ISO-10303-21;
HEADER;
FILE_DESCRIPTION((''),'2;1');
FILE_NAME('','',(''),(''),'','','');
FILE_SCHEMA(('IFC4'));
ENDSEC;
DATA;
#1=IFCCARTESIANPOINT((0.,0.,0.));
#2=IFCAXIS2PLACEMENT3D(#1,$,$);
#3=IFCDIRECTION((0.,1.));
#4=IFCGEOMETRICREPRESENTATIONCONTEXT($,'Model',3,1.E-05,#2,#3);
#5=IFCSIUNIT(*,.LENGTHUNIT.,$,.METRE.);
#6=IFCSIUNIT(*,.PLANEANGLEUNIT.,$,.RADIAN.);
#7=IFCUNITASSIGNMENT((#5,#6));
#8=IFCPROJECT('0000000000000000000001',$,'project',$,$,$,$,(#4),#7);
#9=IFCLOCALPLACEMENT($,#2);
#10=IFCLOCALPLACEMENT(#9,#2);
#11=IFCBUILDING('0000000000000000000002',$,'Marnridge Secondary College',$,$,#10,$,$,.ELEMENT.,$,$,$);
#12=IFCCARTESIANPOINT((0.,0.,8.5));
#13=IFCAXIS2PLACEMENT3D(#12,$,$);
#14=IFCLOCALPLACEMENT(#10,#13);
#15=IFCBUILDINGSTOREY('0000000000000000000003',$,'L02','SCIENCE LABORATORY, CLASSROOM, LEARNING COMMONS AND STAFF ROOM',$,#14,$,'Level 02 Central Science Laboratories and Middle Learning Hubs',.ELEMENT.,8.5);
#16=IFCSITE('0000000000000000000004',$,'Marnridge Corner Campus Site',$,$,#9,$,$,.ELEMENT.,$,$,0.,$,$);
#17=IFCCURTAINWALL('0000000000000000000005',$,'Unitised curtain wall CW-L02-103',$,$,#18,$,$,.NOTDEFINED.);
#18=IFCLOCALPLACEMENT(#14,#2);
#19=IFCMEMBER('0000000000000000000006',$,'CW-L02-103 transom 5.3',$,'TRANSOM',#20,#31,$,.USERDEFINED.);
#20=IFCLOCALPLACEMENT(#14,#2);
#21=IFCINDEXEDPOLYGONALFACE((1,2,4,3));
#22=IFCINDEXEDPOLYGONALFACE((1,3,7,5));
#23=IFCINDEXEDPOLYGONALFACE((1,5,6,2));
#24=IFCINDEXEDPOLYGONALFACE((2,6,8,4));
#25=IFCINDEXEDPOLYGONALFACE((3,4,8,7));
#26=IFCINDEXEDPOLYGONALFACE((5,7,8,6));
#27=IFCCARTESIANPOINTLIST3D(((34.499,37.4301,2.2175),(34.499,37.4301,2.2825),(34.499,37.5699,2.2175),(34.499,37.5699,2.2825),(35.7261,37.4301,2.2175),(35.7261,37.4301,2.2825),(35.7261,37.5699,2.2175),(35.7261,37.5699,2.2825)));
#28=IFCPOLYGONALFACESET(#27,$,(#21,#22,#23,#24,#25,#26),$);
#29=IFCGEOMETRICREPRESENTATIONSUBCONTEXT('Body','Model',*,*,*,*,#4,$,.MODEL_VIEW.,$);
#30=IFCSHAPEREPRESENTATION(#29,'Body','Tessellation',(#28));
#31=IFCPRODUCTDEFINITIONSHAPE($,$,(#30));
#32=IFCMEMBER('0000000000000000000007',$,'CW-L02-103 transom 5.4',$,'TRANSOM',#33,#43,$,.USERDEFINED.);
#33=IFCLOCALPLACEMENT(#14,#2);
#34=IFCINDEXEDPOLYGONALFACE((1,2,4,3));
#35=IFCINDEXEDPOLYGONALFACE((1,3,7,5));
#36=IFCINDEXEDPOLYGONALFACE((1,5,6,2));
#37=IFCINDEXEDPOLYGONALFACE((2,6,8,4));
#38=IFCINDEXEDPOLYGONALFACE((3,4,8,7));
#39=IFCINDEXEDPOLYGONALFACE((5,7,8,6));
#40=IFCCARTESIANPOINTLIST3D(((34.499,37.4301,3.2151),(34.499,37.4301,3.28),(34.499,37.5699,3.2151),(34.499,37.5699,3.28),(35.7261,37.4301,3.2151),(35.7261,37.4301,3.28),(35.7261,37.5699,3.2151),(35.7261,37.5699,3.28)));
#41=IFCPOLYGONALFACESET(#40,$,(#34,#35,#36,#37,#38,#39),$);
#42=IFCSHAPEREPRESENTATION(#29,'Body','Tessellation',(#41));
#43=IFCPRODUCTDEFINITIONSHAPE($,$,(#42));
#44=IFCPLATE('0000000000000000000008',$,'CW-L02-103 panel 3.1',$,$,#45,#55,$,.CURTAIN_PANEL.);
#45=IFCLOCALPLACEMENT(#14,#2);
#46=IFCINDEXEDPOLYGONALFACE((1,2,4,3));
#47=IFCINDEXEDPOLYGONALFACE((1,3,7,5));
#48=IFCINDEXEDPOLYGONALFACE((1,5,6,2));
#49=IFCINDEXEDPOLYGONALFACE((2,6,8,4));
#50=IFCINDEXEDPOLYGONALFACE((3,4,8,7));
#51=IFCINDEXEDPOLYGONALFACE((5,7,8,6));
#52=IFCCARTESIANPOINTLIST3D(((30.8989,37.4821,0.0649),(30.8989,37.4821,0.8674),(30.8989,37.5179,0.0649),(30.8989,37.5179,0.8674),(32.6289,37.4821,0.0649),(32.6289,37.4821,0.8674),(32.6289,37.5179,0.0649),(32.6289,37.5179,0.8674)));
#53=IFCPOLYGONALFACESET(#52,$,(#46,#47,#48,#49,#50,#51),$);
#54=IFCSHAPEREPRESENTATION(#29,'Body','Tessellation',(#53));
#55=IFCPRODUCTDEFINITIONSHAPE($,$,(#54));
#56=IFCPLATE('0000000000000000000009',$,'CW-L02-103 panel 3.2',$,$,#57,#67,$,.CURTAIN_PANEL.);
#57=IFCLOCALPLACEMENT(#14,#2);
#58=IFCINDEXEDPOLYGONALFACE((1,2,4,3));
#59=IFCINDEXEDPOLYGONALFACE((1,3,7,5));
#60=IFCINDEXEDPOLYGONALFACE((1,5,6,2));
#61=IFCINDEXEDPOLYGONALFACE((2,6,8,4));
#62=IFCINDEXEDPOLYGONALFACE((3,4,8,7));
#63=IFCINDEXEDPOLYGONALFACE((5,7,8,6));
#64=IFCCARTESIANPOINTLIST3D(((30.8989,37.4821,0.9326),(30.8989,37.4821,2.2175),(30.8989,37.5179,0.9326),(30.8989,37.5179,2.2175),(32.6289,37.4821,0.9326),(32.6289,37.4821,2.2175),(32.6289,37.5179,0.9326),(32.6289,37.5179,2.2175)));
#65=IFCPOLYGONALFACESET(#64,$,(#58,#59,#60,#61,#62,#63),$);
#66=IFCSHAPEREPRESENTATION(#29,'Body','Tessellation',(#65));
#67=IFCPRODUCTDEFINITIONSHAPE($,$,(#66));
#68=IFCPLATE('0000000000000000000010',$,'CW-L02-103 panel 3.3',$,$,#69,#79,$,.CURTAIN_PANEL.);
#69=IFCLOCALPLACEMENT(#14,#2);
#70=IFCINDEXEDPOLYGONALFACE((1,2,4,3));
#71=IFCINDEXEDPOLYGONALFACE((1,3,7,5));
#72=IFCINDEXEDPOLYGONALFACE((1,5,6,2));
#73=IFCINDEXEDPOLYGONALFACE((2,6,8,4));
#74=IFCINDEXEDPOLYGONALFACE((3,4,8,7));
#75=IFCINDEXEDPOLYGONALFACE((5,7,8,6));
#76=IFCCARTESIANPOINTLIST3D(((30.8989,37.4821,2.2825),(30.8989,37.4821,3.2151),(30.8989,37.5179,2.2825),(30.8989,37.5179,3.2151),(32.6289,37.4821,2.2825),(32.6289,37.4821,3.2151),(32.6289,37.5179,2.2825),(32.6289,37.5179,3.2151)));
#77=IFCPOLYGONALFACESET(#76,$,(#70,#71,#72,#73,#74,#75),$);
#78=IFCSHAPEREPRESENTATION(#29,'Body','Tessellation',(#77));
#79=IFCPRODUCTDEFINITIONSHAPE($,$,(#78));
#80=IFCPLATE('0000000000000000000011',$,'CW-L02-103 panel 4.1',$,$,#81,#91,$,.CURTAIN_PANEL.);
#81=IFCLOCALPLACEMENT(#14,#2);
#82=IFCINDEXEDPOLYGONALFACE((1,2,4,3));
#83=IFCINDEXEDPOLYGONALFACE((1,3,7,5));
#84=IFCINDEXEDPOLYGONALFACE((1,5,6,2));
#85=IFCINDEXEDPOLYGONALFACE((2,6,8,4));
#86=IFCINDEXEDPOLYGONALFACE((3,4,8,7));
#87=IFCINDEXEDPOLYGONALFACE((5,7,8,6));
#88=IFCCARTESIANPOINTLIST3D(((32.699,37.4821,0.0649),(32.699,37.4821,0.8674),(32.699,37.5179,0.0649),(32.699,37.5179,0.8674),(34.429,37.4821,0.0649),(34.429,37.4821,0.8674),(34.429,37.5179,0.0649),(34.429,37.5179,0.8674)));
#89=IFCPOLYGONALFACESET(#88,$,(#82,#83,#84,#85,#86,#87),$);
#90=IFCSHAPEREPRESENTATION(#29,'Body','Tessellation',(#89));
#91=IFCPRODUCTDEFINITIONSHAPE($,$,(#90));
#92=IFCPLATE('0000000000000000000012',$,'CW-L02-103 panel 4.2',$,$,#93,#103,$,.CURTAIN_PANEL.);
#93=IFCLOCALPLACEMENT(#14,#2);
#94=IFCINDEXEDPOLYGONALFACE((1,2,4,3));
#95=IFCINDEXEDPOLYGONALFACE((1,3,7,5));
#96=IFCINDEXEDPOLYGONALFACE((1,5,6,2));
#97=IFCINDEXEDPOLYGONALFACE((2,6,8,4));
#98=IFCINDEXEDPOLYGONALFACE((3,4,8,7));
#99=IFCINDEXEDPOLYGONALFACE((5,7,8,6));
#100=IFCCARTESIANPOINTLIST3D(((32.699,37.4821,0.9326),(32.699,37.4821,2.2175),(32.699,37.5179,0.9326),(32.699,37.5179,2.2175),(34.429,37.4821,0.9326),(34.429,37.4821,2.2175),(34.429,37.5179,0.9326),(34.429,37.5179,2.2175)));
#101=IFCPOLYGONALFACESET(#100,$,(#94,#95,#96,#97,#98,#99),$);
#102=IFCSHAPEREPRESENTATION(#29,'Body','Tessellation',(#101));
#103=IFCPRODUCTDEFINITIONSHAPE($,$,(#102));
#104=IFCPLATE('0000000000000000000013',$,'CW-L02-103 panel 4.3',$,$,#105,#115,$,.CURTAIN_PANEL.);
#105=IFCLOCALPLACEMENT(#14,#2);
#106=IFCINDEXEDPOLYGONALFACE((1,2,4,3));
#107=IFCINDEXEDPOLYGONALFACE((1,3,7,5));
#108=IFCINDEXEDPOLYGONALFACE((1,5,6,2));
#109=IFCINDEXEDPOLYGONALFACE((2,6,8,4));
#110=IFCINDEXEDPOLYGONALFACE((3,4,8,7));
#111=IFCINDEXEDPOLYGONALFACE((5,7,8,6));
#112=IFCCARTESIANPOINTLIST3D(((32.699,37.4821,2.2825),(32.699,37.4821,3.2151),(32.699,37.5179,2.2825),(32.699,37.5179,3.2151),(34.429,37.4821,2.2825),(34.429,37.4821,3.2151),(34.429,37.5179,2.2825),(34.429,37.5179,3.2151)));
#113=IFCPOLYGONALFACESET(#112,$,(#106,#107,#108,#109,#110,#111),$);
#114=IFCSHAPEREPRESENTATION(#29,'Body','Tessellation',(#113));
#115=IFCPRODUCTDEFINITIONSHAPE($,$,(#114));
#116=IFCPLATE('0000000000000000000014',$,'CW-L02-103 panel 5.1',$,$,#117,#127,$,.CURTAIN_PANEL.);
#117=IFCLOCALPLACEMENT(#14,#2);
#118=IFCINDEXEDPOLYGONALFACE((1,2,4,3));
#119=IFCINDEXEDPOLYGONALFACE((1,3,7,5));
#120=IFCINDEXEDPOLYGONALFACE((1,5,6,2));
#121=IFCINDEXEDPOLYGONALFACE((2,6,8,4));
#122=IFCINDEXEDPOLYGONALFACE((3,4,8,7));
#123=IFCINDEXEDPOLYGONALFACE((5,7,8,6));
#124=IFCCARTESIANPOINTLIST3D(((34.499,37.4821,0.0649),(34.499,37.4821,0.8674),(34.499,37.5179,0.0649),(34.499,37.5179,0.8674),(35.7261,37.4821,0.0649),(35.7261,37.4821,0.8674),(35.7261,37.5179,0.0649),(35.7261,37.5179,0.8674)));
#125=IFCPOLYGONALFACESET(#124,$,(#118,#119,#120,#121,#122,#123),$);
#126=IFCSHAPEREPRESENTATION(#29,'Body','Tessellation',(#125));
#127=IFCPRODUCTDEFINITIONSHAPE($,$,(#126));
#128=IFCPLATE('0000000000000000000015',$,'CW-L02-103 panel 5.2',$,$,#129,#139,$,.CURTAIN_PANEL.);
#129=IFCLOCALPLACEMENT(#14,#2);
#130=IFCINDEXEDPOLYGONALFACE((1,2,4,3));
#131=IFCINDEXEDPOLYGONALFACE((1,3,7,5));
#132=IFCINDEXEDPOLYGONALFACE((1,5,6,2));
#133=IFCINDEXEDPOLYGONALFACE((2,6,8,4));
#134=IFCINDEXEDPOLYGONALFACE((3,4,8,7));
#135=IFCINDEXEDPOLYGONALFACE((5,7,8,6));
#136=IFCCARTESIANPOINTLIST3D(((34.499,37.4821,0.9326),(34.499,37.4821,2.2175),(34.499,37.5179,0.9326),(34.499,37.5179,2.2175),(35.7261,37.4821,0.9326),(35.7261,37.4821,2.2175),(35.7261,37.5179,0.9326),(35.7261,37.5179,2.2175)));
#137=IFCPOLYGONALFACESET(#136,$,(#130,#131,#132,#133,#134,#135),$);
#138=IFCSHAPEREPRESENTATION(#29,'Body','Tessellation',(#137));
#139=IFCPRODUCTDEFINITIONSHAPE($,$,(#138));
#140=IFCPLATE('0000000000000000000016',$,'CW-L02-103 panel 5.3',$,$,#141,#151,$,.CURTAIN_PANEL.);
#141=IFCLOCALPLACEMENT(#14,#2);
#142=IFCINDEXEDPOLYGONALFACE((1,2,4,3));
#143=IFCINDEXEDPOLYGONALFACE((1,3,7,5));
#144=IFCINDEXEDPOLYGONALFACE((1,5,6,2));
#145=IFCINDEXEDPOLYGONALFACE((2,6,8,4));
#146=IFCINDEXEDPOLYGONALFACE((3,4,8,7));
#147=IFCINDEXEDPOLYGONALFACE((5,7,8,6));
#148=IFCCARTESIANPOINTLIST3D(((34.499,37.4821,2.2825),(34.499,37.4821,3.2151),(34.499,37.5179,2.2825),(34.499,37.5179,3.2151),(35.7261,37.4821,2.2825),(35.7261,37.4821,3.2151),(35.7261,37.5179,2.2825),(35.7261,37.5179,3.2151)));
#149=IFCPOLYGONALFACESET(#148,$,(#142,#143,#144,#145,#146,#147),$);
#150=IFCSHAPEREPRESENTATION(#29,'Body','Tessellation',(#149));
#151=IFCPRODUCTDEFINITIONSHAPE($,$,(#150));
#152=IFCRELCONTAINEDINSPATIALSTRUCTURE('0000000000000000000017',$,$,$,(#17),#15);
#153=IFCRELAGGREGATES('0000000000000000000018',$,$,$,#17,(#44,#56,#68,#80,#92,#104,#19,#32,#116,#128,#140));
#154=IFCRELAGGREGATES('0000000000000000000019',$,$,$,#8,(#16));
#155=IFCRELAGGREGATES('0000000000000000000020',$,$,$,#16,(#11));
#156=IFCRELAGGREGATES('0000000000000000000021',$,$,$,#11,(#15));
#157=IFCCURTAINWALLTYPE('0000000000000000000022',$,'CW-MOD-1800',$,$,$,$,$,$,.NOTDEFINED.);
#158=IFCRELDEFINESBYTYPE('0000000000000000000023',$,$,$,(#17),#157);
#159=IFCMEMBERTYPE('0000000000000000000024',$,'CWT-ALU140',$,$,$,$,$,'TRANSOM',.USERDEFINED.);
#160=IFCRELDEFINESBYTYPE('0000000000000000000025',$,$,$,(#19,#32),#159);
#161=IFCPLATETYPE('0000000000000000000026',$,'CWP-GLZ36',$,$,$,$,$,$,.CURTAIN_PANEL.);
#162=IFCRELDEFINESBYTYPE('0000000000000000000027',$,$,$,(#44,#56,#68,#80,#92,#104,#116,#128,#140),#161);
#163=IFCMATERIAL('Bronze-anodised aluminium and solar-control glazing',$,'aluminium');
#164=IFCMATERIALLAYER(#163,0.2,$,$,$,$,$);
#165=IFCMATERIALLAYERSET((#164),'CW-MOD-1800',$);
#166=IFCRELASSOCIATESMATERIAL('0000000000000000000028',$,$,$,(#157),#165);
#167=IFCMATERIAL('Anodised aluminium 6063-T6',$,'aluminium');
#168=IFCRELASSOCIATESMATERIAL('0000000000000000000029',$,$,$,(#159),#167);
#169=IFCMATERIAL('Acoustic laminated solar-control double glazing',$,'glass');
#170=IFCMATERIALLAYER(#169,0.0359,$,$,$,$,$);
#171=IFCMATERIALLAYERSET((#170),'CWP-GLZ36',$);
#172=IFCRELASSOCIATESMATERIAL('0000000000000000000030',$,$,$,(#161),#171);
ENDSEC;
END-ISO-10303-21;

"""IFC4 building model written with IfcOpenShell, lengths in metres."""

from ifc_helpers import new_model, si_unit, direction, frame, origin, origin_2d, place, context, subcontext, project, spatial, rectangle, extrude, material, layer, layer_set, material_profile, profile_set, type_object, element, aggregate, save


model = new_model("IFC4")

# Units and contexts
model_context = context("Model", 3, precision=1e-05, world=origin(), true_north=direction((0.0, 1.0)))
body_context = subcontext(model_context, "Body", "Model", "MODEL_VIEW")
ifc_project = project(units=[si_unit("LENGTHUNIT", "METRE"), si_unit("PLANEANGLEUNIT", "RADIAN")], contexts=[model_context])

# Site, building, storey
site_placement = place(None, origin())
site = spatial("IfcSite", under=ifc_project, at=site_placement, Name="Marnridge Corner Campus Site", CompositionType="ELEMENT", RefElevation=0.0)
building_placement = place(site_placement, origin())
building = spatial("IfcBuilding", under=site, at=building_placement, Name="Marnridge Secondary College", CompositionType="ELEMENT")
storey_placement = place(building_placement, frame((0.0, 0.0, 8.5)))
storey = spatial("IfcBuildingStorey", under=building, at=storey_placement, Name="L02", Description="SCIENCE LABORATORY, CLASSROOM, LEARNING COMMONS AND STAFF ROOM", LongName="Level 02 Central Science Laboratories and Middle Learning Hubs", CompositionType="ELEMENT", Elevation=8.5)

# Curtain wall, members, plates
ifc_material_1 = material(Name="Bronze-anodised aluminium and solar-control glazing", Category="aluminium")
ifc_layer_1 = layer(ifc_material_1, 0.2)
ifc_layer_set_1 = layer_set([ifc_layer_1], Name="CW-MOD-1800")
curtain_wall_type = type_object("IfcCurtainWallType", Name="CW-MOD-1800", PredefinedType="NOTDEFINED", material=ifc_layer_set_1)
curtain_wall_placement = place(storey_placement, origin())
curtain_wall = element("IfcCurtainWall", 1, at=curtain_wall_placement, inside=storey, type_object=curtain_wall_type, Name="Unitised curtain wall CW-L02-103", PredefinedType="NOTDEFINED")
ifc_material_2 = material(Name="Anodised aluminium 6063-T6", Category="aluminium")
ifc_material_profile_1 = material_profile(ifc_material_2, rectangle(XDim=0.0649, YDim=0.1399, at=origin_2d()), Name="ALU 65x140")
ifc_profile_set_1 = profile_set([ifc_material_profile_1], Name="Anodised aluminium 6063-T6")
member_type_1 = type_object("IfcMemberType", Name="CWT-ALU140", ElementType="TRANSOM", PredefinedType="USERDEFINED", material=ifc_profile_set_1)
member_1_placement = place(storey_placement, frame((34.499, 37.5, 2.25), z_axis=(1.0, 0.0, 0.0), x_axis=(0.0, 0.0, 1.0)))
member_1 = element("IfcMember", 2, at=member_1_placement, type_object=member_type_1, Name="CW-L02-103 transom 5.3", ObjectType="TRANSOM", PredefinedType="USERDEFINED", context=body_context, shape_type="SweptSolid", body=[
    extrude(rectangle(XDim=0.0649, YDim=0.1399, at=origin_2d()), origin(), (0.0, 0.0, 1.0), 1.2271),
])
member_2_placement = place(storey_placement, frame((34.499, 37.5, 3.2476), z_axis=(1.0, 0.0, 0.0), x_axis=(0.0, 0.0, 1.0)))
member_2 = element("IfcMember", 3, at=member_2_placement, type_object=member_type_1, Name="CW-L02-103 transom 5.4", ObjectType="TRANSOM", PredefinedType="USERDEFINED", context=body_context, shape_type="SweptSolid", body=[
    extrude(rectangle(XDim=0.0649, YDim=0.1399, at=origin_2d()), origin(), (0.0, 0.0, 1.0), 1.2271),
])
ifc_material_3 = material(Name="Acoustic laminated solar-control double glazing", Category="glass")
ifc_layer_2 = layer(ifc_material_3, 0.0359)
ifc_layer_set_2 = layer_set([ifc_layer_2], Name="CWP-GLZ36")
plate_type = type_object("IfcPlateType", Name="CWP-GLZ36", PredefinedType="CURTAIN_PANEL", material=ifc_layer_set_2)
plate_1_placement = place(storey_placement, frame((31.7639, 37.5, 0.0649), z_axis=(0.0, 0.0, 1.0), x_axis=(1.0, 0.0, 0.0)))
plate_1 = element("IfcPlate", 4, at=plate_1_placement, type_object=plate_type, Name="CW-L02-103 panel 3.1", PredefinedType="CURTAIN_PANEL", context=body_context, shape_type="SweptSolid", body=[
    extrude(rectangle(XDim=1.73, YDim=0.0359, at=origin_2d()), origin(), (0.0, 0.0, 1.0), 0.8025),
])
plate_2_placement = place(storey_placement, frame((31.7639, 37.5, 0.9326), z_axis=(0.0, 0.0, 1.0), x_axis=(1.0, 0.0, 0.0)))
plate_2 = element("IfcPlate", 5, at=plate_2_placement, type_object=plate_type, Name="CW-L02-103 panel 3.2", PredefinedType="CURTAIN_PANEL", context=body_context, shape_type="SweptSolid", body=[
    extrude(rectangle(XDim=1.73, YDim=0.0359, at=origin_2d()), origin(), (0.0, 0.0, 1.0), 1.2849),
])
plate_3_placement = place(storey_placement, frame((31.7639, 37.5, 2.2825), z_axis=(0.0, 0.0, 1.0), x_axis=(1.0, 0.0, 0.0)))
plate_3 = element("IfcPlate", 6, at=plate_3_placement, type_object=plate_type, Name="CW-L02-103 panel 3.3", PredefinedType="CURTAIN_PANEL", context=body_context, shape_type="SweptSolid", body=[
    extrude(rectangle(XDim=1.73, YDim=0.0359, at=origin_2d()), origin(), (0.0, 0.0, 1.0), 0.9326),
])
plate_4_placement = place(storey_placement, frame((33.564, 37.5, 0.0649), z_axis=(0.0, 0.0, 1.0), x_axis=(1.0, 0.0, 0.0)))
plate_4 = element("IfcPlate", 7, at=plate_4_placement, type_object=plate_type, Name="CW-L02-103 panel 4.1", PredefinedType="CURTAIN_PANEL", context=body_context, shape_type="SweptSolid", body=[
    extrude(rectangle(XDim=1.73, YDim=0.0359, at=origin_2d()), origin(), (0.0, 0.0, 1.0), 0.8025),
])
plate_5_placement = place(storey_placement, frame((33.564, 37.5, 0.9326), z_axis=(0.0, 0.0, 1.0), x_axis=(1.0, 0.0, 0.0)))
plate_5 = element("IfcPlate", 8, at=plate_5_placement, type_object=plate_type, Name="CW-L02-103 panel 4.2", PredefinedType="CURTAIN_PANEL", context=body_context, shape_type="SweptSolid", body=[
    extrude(rectangle(XDim=1.73, YDim=0.0359, at=origin_2d()), origin(), (0.0, 0.0, 1.0), 1.2849),
])
plate_6_placement = place(storey_placement, frame((33.564, 37.5, 2.2825), z_axis=(0.0, 0.0, 1.0), x_axis=(1.0, 0.0, 0.0)))
plate_6 = element("IfcPlate", 9, at=plate_6_placement, type_object=plate_type, Name="CW-L02-103 panel 4.3", PredefinedType="CURTAIN_PANEL", context=body_context, shape_type="SweptSolid", body=[
    extrude(rectangle(XDim=1.73, YDim=0.0359, at=origin_2d()), origin(), (0.0, 0.0, 1.0), 0.9326),
])
plate_7_placement = place(storey_placement, frame((35.1125, 37.5, 0.0649), z_axis=(0.0, 0.0, 1.0), x_axis=(1.0, 0.0, 0.0)))
plate_7 = element("IfcPlate", 10, at=plate_7_placement, type_object=plate_type, Name="CW-L02-103 panel 5.1", PredefinedType="CURTAIN_PANEL", context=body_context, shape_type="SweptSolid", body=[
    extrude(rectangle(XDim=1.2271, YDim=0.0359, at=origin_2d()), origin(), (0.0, 0.0, 1.0), 0.8025),
])
plate_8_placement = place(storey_placement, frame((35.1125, 37.5, 0.9326), z_axis=(0.0, 0.0, 1.0), x_axis=(1.0, 0.0, 0.0)))
plate_8 = element("IfcPlate", 11, at=plate_8_placement, type_object=plate_type, Name="CW-L02-103 panel 5.2", PredefinedType="CURTAIN_PANEL", context=body_context, shape_type="SweptSolid", body=[
    extrude(rectangle(XDim=1.2271, YDim=0.0359, at=origin_2d()), origin(), (0.0, 0.0, 1.0), 1.2849),
])
plate_9_placement = place(storey_placement, frame((35.1125, 37.5, 2.2825), z_axis=(0.0, 0.0, 1.0), x_axis=(1.0, 0.0, 0.0)))
plate_9 = element("IfcPlate", 12, at=plate_9_placement, type_object=plate_type, Name="CW-L02-103 panel 5.3", PredefinedType="CURTAIN_PANEL", context=body_context, shape_type="SweptSolid", body=[
    extrude(rectangle(XDim=1.2271, YDim=0.0359, at=origin_2d()), origin(), (0.0, 0.0, 1.0), 0.9326),
])
aggregate(curtain_wall, [plate_1, plate_2, plate_3, plate_4, plate_5, plate_6, member_1, member_2, plate_7, plate_8, plate_9])

save(model, "model.ifc")
